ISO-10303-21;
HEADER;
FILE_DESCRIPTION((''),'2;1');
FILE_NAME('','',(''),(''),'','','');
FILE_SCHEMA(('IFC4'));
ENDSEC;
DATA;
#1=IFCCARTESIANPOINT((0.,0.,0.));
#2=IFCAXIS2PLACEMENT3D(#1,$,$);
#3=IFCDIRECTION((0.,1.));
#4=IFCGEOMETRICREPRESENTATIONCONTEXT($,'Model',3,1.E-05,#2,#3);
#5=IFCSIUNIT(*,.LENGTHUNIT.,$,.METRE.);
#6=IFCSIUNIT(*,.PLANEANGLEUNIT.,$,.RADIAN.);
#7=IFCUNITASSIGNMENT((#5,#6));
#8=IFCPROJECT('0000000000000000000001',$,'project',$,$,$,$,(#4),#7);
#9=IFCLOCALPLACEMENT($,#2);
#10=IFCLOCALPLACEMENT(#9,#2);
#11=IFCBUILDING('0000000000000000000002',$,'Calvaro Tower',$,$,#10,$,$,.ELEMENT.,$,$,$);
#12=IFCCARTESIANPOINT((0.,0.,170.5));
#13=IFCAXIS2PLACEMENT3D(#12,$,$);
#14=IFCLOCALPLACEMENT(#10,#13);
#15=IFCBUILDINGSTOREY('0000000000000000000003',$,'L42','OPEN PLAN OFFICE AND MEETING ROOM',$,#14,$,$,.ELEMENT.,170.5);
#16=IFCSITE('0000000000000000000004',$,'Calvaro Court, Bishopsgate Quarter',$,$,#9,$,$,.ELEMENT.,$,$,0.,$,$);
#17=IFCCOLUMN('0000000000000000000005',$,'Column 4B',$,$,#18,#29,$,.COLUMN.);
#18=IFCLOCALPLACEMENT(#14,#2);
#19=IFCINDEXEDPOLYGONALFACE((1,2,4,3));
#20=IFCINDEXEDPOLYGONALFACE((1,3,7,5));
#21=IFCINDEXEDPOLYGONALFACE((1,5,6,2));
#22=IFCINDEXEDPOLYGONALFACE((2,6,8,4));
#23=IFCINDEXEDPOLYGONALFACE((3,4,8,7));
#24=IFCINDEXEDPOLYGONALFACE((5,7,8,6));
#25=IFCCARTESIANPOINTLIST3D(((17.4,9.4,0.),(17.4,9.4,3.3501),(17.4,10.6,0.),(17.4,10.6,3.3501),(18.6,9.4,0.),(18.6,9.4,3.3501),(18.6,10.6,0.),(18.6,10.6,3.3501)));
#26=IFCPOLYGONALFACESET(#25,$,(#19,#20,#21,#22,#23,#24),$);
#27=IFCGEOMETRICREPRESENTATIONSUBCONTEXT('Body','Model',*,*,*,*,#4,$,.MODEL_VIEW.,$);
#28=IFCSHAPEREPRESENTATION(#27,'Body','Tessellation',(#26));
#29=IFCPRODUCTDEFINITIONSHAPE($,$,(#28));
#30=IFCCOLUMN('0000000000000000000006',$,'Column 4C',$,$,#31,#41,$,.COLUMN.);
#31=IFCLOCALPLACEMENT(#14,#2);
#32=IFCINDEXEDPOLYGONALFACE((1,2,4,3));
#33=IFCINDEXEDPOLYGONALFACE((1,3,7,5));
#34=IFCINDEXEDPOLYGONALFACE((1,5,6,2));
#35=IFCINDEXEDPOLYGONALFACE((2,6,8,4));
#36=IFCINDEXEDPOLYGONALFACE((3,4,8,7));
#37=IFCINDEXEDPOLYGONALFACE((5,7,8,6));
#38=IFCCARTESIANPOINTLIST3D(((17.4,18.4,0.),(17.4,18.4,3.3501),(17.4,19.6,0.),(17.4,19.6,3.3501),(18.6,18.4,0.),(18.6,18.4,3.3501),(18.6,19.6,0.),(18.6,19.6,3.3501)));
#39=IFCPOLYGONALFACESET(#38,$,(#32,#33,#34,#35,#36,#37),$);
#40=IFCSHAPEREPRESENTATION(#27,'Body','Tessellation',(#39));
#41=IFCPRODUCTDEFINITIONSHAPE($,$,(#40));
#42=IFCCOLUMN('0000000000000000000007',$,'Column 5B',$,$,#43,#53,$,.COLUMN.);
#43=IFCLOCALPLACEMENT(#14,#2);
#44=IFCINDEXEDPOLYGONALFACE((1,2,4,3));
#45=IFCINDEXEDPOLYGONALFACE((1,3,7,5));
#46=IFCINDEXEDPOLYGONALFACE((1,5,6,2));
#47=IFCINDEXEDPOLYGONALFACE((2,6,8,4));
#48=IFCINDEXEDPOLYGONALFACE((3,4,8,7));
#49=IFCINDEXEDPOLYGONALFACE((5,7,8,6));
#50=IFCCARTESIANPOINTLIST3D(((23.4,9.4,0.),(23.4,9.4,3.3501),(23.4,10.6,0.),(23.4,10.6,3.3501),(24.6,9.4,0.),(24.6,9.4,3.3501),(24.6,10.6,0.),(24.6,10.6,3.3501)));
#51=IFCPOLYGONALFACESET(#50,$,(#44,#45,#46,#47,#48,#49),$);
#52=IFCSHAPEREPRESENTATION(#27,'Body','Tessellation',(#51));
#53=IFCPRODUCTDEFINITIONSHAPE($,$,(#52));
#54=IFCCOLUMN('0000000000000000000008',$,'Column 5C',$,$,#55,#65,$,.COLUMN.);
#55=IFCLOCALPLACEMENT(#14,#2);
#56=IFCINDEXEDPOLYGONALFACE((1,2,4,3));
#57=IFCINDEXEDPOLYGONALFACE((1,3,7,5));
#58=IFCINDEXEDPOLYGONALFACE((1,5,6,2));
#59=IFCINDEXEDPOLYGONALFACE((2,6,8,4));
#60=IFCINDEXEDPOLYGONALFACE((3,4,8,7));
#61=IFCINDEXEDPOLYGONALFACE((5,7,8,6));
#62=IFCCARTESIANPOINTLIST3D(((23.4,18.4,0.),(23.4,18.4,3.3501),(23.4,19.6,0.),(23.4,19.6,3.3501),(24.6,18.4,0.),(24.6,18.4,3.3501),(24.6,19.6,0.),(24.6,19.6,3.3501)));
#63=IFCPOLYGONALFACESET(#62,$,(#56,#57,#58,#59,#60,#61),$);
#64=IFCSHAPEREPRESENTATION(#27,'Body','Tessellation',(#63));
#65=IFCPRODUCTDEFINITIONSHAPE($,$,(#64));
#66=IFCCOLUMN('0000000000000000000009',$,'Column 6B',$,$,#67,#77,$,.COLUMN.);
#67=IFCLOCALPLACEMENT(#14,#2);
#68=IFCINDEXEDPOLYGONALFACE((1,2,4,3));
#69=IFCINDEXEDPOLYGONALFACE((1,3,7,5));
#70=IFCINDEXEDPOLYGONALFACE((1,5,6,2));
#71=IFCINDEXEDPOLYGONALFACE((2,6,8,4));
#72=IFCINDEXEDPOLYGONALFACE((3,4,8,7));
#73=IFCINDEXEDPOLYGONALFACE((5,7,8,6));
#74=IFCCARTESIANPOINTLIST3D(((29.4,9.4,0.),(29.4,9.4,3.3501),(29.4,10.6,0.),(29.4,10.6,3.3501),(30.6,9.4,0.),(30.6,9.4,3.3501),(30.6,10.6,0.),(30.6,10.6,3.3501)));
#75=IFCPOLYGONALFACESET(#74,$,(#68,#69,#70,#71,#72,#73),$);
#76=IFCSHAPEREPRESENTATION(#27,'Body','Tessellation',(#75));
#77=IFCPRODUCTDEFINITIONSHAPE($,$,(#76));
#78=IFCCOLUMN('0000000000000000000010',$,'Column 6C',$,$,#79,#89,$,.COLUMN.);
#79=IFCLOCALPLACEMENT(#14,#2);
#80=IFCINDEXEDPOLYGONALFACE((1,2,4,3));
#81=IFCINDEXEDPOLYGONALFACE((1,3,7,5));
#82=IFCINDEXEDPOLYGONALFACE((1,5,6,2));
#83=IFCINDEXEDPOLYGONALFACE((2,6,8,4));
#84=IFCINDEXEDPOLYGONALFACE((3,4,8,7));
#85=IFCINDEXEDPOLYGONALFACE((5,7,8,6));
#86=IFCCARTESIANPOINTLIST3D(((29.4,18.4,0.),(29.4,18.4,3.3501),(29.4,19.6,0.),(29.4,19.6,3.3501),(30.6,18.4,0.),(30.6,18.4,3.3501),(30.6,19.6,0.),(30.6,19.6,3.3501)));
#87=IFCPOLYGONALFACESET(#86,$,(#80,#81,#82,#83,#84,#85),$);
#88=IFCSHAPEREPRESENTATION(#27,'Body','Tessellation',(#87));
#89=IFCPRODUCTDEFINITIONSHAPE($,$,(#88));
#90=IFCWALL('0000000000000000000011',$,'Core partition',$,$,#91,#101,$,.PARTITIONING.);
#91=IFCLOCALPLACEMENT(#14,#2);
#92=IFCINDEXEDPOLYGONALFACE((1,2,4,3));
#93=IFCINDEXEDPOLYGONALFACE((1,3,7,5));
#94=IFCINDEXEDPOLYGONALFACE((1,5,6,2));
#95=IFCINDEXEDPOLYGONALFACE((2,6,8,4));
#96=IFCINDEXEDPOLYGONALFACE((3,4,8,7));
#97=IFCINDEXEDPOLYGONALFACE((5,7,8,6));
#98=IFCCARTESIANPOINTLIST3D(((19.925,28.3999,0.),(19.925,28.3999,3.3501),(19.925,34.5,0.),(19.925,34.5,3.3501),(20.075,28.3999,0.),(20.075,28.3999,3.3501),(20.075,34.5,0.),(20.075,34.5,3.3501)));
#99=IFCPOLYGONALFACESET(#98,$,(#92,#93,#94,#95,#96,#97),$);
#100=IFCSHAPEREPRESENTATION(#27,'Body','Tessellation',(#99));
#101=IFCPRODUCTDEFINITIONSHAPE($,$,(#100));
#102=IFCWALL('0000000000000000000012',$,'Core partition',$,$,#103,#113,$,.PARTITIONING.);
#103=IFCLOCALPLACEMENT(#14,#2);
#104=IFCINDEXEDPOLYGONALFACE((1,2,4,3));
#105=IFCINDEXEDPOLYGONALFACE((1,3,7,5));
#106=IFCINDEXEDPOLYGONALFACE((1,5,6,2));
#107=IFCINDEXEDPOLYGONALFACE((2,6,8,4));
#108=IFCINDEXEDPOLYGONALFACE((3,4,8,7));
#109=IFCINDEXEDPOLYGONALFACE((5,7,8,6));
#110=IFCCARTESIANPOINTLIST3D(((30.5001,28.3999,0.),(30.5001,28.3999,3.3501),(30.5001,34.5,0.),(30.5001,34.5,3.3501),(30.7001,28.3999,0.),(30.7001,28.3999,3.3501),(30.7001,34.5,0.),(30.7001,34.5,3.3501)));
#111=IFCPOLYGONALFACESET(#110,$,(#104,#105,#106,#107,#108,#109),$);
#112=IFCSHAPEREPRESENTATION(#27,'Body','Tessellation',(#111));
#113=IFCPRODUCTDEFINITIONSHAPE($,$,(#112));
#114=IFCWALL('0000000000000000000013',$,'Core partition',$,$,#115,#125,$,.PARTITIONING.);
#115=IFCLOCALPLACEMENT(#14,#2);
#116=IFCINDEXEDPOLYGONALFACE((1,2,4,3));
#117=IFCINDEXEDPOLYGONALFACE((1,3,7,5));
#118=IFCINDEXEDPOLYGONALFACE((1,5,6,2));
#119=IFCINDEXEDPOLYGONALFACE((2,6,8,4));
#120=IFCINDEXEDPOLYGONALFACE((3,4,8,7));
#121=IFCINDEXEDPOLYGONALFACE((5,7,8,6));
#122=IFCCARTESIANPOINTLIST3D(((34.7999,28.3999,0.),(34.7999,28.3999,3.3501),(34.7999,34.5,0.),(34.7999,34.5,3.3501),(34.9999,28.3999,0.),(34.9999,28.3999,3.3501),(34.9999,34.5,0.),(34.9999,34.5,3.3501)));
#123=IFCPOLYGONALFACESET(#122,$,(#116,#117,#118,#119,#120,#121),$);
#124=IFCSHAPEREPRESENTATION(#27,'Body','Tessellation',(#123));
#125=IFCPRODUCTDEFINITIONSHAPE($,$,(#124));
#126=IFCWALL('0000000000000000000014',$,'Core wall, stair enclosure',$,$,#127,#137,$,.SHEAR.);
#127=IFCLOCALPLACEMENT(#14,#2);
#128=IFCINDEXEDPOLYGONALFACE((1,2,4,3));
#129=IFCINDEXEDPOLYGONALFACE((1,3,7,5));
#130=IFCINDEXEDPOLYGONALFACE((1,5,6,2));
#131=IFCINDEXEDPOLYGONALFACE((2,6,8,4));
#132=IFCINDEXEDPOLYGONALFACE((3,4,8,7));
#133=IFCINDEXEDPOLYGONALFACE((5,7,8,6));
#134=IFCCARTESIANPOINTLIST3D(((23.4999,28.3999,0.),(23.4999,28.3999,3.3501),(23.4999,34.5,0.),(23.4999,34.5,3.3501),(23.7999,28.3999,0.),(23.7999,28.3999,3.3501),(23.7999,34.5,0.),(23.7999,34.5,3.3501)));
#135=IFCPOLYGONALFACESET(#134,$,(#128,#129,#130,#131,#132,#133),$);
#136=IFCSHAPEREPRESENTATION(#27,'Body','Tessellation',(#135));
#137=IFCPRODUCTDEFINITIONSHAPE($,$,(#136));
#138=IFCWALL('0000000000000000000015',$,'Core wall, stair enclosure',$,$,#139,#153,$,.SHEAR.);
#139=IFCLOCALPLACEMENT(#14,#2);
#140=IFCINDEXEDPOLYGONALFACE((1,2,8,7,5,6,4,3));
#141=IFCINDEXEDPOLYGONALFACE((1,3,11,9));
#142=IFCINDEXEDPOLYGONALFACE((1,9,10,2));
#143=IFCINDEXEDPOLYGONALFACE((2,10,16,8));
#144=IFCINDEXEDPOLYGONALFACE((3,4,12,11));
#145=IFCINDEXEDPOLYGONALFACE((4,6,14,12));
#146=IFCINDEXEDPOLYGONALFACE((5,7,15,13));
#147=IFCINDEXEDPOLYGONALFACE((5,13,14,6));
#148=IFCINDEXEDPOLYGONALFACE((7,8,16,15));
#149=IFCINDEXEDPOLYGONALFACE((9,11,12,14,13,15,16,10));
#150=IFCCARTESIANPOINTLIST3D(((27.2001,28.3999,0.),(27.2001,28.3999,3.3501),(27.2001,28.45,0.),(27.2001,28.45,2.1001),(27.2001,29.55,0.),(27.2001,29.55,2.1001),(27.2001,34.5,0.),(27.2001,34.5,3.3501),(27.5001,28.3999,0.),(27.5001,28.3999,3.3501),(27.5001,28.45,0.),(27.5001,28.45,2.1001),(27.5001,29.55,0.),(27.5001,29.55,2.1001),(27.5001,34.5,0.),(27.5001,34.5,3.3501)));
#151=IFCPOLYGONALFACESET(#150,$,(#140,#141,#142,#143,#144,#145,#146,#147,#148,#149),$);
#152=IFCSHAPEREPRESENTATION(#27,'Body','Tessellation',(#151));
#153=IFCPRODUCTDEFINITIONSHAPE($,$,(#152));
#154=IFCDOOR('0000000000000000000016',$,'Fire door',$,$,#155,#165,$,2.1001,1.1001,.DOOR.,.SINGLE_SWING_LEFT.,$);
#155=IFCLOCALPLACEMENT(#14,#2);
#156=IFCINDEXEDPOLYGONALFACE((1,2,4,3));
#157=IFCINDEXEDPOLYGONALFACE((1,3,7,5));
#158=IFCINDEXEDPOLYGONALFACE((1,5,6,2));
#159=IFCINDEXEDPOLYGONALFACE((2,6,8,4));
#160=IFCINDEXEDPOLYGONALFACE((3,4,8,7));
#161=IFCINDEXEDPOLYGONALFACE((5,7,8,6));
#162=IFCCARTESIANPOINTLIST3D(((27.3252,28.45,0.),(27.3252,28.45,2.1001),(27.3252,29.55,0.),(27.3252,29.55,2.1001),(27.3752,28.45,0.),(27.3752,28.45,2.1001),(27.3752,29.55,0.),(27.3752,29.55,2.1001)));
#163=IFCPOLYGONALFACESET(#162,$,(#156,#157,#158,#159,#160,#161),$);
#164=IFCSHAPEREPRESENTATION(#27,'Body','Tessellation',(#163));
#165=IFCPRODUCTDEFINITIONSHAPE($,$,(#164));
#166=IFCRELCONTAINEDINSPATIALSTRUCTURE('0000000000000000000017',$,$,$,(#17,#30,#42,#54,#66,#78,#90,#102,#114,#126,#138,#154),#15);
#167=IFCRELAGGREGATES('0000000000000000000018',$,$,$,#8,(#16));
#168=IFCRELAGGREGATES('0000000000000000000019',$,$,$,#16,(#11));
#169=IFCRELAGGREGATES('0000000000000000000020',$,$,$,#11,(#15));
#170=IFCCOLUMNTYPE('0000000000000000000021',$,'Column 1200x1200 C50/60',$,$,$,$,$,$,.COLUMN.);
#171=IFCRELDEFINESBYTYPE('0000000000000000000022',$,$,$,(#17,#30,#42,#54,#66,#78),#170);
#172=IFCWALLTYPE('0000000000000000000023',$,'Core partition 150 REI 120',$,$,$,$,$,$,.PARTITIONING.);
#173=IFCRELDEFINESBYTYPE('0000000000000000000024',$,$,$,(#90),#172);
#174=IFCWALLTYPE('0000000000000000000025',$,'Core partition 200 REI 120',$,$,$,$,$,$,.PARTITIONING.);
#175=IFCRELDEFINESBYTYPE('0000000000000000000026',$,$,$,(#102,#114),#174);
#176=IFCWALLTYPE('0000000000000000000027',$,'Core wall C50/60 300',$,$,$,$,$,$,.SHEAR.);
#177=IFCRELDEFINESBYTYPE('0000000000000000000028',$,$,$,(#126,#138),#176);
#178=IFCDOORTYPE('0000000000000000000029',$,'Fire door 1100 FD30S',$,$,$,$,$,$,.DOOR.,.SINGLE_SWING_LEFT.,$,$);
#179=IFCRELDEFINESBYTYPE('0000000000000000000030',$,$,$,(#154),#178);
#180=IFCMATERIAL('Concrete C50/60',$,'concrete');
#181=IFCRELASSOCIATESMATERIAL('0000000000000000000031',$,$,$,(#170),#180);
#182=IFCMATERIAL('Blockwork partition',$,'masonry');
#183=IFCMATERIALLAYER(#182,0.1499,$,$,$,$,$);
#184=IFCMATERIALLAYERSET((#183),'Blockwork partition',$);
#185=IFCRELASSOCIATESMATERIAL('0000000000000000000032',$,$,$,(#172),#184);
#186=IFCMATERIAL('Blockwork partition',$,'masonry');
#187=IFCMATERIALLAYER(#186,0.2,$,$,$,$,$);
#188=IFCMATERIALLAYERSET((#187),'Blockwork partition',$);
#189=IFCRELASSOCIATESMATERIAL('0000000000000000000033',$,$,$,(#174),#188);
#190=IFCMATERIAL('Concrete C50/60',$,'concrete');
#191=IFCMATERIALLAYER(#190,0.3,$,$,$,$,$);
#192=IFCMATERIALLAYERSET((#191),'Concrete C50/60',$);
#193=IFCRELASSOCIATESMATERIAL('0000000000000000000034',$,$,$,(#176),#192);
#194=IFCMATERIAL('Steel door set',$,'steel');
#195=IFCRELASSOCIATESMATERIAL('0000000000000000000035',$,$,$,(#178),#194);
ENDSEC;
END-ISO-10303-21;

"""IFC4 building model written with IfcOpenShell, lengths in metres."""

from ifc_helpers import new_model, si_unit, direction, frame, frame_2d, origin, origin_2d, place, context, subcontext, project, spatial, rectangle, extrude, material, layer, layer_set, material_profile, profile_set, type_object, element, fill, save


model = new_model("IFC4")

# Units and contexts
model_context = context("Model", 3, precision=1e-05, world=origin(), true_north=direction((0.0, 1.0)))
body_context = subcontext(model_context, "Body", "Model", "MODEL_VIEW")
ifc_project = project(units=[si_unit("LENGTHUNIT", "METRE"), si_unit("PLANEANGLEUNIT", "RADIAN")], contexts=[model_context])

# Site, building, storey
site_placement = place(None, origin())
site = spatial("IfcSite", under=ifc_project, at=site_placement, Name="Calvaro Court, Bishopsgate Quarter", CompositionType="ELEMENT", RefElevation=0.0)
building_placement = place(site_placement, origin())
building = spatial("IfcBuilding", under=site, at=building_placement, Name="Calvaro Tower", CompositionType="ELEMENT")
storey_placement = place(building_placement, frame((0.0, 0.0, 170.5)))
storey = spatial("IfcBuildingStorey", under=building, at=storey_placement, Name="L42", Description="OPEN PLAN OFFICE AND MEETING ROOM", CompositionType="ELEMENT", Elevation=170.5)

# Columns
ifc_material_1 = material(Name="Concrete C50/60", Category="concrete")
ifc_material_profile = material_profile(ifc_material_1, rectangle(XDim=1.2, YDim=1.2, at=origin_2d()), Name="RC 1200x1200")
ifc_profile_set = profile_set([ifc_material_profile], Name="Concrete C50/60")
column_type = type_object("IfcColumnType", Name="Column 1200x1200 C50/60", PredefinedType="COLUMN", material=ifc_profile_set)
for number, where, z_axis, x_axis, name in (
    (1, (18.0, 10.0, 0.0), (0.0, 0.0, 1.0), (1.0, 0.0, 0.0), "Column 4B"),
    (2, (18.0, 19.0, 0.0), (0.0, 0.0, 1.0), (1.0, 0.0, 0.0), "Column 4C"),
    (3, (24.0, 10.0, 0.0), (0.0, 0.0, 1.0), (1.0, 0.0, 0.0), "Column 5B"),
    (4, (24.0, 19.0, 0.0), (0.0, 0.0, 1.0), (1.0, 0.0, 0.0), "Column 5C"),
    (5, (30.0, 10.0, 0.0), (0.0, 0.0, 1.0), (1.0, 0.0, 0.0), "Column 6B"),
    (6, (30.0, 19.0, 0.0), (0.0, 0.0, 1.0), (1.0, 0.0, 0.0), "Column 6C"),
):
    element("IfcColumn", number, at=place(storey_placement, frame(where, z_axis=z_axis, x_axis=x_axis)), inside=storey, type_object=column_type, Name=name, PredefinedType="COLUMN", context=body_context, shape_type="SweptSolid", body=[
        extrude(rectangle(XDim=1.2, YDim=1.2, at=origin_2d()), origin(), (0.0, 0.0, 1.0), 3.3501),
    ])

# Walls
ifc_material_2 = material(Name="Blockwork partition", Category="masonry")
ifc_layer_1 = layer(ifc_material_2, 0.1499)
ifc_layer_set_1 = layer_set([ifc_layer_1], Name="Blockwork partition")
wall_type_1 = type_object("IfcWallType", Name="Core partition 150 REI 120", PredefinedType="PARTITIONING", material=ifc_layer_set_1)
wall_1_placement = place(storey_placement, frame((20.0, 28.3999, 0.0), z_axis=(0.0, 0.0, 1.0), x_axis=(0.0, 1.0, 0.0)))
element("IfcWall", 7, at=wall_1_placement, inside=storey, type_object=wall_type_1, Name="Core partition", PredefinedType="PARTITIONING", context=body_context, shape_type="SweptSolid", body=[
    extrude(rectangle(XDim=6.1001, YDim=0.1499, at=frame_2d((3.05, 0.0))), origin(), (0.0, 0.0, 1.0), 3.3501),
])
ifc_material_3 = material(Name="Blockwork partition", Category="masonry")
ifc_layer_2 = layer(ifc_material_3, 0.2)
ifc_layer_set_2 = layer_set([ifc_layer_2], Name="Blockwork partition")
wall_type_2 = type_object("IfcWallType", Name="Core partition 200 REI 120", PredefinedType="PARTITIONING", material=ifc_layer_set_2)
for number, where, z_axis, x_axis, name in (
    (8, (30.6001, 28.3999, 0.0), (0.0, 0.0, 1.0), (0.0, 1.0, 0.0), "Core partition"),
    (9, (34.8999, 28.3999, 0.0), (0.0, 0.0, 1.0), (0.0, 1.0, 0.0), "Core partition"),
):
    element("IfcWall", number, at=place(storey_placement, frame(where, z_axis=z_axis, x_axis=x_axis)), inside=storey, type_object=wall_type_2, Name=name, PredefinedType="PARTITIONING", context=body_context, shape_type="SweptSolid", body=[
        extrude(rectangle(XDim=6.1001, YDim=0.2, at=frame_2d((3.05, 0.0))), origin(), (0.0, 0.0, 1.0), 3.3501),
    ])
ifc_material_4 = material(Name="Concrete C50/60", Category="concrete")
ifc_layer_3 = layer(ifc_material_4, 0.3)
ifc_layer_set_3 = layer_set([ifc_layer_3], Name="Concrete C50/60")
wall_type_3 = type_object("IfcWallType", Name="Core wall C50/60 300", PredefinedType="SHEAR", material=ifc_layer_set_3)
wall_2_placement = place(storey_placement, frame((23.6499, 28.3999, 0.0), z_axis=(0.0, 0.0, 1.0), x_axis=(0.0, 1.0, 0.0)))
element("IfcWall", 10, at=wall_2_placement, inside=storey, type_object=wall_type_3, Name="Core wall, stair enclosure", PredefinedType="SHEAR", context=body_context, shape_type="SweptSolid", body=[
    extrude(rectangle(XDim=6.1001, YDim=0.3, at=frame_2d((3.05, 0.0))), origin(), (0.0, 0.0, 1.0), 3.3501),
])

# Wall, opening, door
wall_3_placement = place(storey_placement, frame((27.3501, 28.3999, 0.0), z_axis=(0.0, 0.0, 1.0), x_axis=(0.0, 1.0, 0.0)))
wall_3 = element("IfcWall", 11, at=wall_3_placement, inside=storey, type_object=wall_type_3, Name="Core wall, stair enclosure", PredefinedType="SHEAR", context=body_context, shape_type="SweptSolid", body=[
    extrude(rectangle(XDim=6.1001, YDim=0.3, at=frame_2d((3.05, 0.0))), origin(), (0.0, 0.0, 1.0), 3.3501),
])
opening_1_placement = place(wall_3_placement, frame((0.05, 0.0, 0.0)))
opening_1 = element("IfcOpeningElement", 12, at=opening_1_placement, cuts=wall_3, PredefinedType="OPENING", context=body_context, shape_type="SweptSolid", body=[
    extrude(rectangle(XDim=1.1001, YDim=2.1001, at=frame_2d((0.55, 1.05))), frame((0.0, 0.1599, 0.0), z_axis=(0.0, -1.0, 0.0), x_axis=(1.0, 0.0, 0.0)), (0.0, 0.0, 1.0), 0.3201),
])
ifc_material_5 = material(Name="Steel door set", Category="steel")
door_type_1 = type_object("IfcDoorType", Name="Fire door 1100 FD30S", OperationType="SINGLE_SWING_LEFT", PredefinedType="DOOR", material=ifc_material_5)
door_1_placement = place(opening_1_placement, origin())
door_1 = element("IfcDoor", 13, at=door_1_placement, inside=storey, type_object=door_type_1, Name="Fire door", OperationType="SINGLE_SWING_LEFT", OverallHeight=2.1001, OverallWidth=1.1001, PredefinedType="DOOR", context=body_context, shape_type="SweptSolid", body=[
    extrude(rectangle(XDim=1.1001, YDim=2.1001, at=frame_2d((0.55, 1.05))), frame((0.0, 0.0249, 0.0), z_axis=(0.0, -1.0, 0.0), x_axis=(1.0, 0.0, 0.0)), (0.0, 0.0, 1.0), 0.05),
])
fill(opening_1, door_1)

save(model, "model.ifc")
